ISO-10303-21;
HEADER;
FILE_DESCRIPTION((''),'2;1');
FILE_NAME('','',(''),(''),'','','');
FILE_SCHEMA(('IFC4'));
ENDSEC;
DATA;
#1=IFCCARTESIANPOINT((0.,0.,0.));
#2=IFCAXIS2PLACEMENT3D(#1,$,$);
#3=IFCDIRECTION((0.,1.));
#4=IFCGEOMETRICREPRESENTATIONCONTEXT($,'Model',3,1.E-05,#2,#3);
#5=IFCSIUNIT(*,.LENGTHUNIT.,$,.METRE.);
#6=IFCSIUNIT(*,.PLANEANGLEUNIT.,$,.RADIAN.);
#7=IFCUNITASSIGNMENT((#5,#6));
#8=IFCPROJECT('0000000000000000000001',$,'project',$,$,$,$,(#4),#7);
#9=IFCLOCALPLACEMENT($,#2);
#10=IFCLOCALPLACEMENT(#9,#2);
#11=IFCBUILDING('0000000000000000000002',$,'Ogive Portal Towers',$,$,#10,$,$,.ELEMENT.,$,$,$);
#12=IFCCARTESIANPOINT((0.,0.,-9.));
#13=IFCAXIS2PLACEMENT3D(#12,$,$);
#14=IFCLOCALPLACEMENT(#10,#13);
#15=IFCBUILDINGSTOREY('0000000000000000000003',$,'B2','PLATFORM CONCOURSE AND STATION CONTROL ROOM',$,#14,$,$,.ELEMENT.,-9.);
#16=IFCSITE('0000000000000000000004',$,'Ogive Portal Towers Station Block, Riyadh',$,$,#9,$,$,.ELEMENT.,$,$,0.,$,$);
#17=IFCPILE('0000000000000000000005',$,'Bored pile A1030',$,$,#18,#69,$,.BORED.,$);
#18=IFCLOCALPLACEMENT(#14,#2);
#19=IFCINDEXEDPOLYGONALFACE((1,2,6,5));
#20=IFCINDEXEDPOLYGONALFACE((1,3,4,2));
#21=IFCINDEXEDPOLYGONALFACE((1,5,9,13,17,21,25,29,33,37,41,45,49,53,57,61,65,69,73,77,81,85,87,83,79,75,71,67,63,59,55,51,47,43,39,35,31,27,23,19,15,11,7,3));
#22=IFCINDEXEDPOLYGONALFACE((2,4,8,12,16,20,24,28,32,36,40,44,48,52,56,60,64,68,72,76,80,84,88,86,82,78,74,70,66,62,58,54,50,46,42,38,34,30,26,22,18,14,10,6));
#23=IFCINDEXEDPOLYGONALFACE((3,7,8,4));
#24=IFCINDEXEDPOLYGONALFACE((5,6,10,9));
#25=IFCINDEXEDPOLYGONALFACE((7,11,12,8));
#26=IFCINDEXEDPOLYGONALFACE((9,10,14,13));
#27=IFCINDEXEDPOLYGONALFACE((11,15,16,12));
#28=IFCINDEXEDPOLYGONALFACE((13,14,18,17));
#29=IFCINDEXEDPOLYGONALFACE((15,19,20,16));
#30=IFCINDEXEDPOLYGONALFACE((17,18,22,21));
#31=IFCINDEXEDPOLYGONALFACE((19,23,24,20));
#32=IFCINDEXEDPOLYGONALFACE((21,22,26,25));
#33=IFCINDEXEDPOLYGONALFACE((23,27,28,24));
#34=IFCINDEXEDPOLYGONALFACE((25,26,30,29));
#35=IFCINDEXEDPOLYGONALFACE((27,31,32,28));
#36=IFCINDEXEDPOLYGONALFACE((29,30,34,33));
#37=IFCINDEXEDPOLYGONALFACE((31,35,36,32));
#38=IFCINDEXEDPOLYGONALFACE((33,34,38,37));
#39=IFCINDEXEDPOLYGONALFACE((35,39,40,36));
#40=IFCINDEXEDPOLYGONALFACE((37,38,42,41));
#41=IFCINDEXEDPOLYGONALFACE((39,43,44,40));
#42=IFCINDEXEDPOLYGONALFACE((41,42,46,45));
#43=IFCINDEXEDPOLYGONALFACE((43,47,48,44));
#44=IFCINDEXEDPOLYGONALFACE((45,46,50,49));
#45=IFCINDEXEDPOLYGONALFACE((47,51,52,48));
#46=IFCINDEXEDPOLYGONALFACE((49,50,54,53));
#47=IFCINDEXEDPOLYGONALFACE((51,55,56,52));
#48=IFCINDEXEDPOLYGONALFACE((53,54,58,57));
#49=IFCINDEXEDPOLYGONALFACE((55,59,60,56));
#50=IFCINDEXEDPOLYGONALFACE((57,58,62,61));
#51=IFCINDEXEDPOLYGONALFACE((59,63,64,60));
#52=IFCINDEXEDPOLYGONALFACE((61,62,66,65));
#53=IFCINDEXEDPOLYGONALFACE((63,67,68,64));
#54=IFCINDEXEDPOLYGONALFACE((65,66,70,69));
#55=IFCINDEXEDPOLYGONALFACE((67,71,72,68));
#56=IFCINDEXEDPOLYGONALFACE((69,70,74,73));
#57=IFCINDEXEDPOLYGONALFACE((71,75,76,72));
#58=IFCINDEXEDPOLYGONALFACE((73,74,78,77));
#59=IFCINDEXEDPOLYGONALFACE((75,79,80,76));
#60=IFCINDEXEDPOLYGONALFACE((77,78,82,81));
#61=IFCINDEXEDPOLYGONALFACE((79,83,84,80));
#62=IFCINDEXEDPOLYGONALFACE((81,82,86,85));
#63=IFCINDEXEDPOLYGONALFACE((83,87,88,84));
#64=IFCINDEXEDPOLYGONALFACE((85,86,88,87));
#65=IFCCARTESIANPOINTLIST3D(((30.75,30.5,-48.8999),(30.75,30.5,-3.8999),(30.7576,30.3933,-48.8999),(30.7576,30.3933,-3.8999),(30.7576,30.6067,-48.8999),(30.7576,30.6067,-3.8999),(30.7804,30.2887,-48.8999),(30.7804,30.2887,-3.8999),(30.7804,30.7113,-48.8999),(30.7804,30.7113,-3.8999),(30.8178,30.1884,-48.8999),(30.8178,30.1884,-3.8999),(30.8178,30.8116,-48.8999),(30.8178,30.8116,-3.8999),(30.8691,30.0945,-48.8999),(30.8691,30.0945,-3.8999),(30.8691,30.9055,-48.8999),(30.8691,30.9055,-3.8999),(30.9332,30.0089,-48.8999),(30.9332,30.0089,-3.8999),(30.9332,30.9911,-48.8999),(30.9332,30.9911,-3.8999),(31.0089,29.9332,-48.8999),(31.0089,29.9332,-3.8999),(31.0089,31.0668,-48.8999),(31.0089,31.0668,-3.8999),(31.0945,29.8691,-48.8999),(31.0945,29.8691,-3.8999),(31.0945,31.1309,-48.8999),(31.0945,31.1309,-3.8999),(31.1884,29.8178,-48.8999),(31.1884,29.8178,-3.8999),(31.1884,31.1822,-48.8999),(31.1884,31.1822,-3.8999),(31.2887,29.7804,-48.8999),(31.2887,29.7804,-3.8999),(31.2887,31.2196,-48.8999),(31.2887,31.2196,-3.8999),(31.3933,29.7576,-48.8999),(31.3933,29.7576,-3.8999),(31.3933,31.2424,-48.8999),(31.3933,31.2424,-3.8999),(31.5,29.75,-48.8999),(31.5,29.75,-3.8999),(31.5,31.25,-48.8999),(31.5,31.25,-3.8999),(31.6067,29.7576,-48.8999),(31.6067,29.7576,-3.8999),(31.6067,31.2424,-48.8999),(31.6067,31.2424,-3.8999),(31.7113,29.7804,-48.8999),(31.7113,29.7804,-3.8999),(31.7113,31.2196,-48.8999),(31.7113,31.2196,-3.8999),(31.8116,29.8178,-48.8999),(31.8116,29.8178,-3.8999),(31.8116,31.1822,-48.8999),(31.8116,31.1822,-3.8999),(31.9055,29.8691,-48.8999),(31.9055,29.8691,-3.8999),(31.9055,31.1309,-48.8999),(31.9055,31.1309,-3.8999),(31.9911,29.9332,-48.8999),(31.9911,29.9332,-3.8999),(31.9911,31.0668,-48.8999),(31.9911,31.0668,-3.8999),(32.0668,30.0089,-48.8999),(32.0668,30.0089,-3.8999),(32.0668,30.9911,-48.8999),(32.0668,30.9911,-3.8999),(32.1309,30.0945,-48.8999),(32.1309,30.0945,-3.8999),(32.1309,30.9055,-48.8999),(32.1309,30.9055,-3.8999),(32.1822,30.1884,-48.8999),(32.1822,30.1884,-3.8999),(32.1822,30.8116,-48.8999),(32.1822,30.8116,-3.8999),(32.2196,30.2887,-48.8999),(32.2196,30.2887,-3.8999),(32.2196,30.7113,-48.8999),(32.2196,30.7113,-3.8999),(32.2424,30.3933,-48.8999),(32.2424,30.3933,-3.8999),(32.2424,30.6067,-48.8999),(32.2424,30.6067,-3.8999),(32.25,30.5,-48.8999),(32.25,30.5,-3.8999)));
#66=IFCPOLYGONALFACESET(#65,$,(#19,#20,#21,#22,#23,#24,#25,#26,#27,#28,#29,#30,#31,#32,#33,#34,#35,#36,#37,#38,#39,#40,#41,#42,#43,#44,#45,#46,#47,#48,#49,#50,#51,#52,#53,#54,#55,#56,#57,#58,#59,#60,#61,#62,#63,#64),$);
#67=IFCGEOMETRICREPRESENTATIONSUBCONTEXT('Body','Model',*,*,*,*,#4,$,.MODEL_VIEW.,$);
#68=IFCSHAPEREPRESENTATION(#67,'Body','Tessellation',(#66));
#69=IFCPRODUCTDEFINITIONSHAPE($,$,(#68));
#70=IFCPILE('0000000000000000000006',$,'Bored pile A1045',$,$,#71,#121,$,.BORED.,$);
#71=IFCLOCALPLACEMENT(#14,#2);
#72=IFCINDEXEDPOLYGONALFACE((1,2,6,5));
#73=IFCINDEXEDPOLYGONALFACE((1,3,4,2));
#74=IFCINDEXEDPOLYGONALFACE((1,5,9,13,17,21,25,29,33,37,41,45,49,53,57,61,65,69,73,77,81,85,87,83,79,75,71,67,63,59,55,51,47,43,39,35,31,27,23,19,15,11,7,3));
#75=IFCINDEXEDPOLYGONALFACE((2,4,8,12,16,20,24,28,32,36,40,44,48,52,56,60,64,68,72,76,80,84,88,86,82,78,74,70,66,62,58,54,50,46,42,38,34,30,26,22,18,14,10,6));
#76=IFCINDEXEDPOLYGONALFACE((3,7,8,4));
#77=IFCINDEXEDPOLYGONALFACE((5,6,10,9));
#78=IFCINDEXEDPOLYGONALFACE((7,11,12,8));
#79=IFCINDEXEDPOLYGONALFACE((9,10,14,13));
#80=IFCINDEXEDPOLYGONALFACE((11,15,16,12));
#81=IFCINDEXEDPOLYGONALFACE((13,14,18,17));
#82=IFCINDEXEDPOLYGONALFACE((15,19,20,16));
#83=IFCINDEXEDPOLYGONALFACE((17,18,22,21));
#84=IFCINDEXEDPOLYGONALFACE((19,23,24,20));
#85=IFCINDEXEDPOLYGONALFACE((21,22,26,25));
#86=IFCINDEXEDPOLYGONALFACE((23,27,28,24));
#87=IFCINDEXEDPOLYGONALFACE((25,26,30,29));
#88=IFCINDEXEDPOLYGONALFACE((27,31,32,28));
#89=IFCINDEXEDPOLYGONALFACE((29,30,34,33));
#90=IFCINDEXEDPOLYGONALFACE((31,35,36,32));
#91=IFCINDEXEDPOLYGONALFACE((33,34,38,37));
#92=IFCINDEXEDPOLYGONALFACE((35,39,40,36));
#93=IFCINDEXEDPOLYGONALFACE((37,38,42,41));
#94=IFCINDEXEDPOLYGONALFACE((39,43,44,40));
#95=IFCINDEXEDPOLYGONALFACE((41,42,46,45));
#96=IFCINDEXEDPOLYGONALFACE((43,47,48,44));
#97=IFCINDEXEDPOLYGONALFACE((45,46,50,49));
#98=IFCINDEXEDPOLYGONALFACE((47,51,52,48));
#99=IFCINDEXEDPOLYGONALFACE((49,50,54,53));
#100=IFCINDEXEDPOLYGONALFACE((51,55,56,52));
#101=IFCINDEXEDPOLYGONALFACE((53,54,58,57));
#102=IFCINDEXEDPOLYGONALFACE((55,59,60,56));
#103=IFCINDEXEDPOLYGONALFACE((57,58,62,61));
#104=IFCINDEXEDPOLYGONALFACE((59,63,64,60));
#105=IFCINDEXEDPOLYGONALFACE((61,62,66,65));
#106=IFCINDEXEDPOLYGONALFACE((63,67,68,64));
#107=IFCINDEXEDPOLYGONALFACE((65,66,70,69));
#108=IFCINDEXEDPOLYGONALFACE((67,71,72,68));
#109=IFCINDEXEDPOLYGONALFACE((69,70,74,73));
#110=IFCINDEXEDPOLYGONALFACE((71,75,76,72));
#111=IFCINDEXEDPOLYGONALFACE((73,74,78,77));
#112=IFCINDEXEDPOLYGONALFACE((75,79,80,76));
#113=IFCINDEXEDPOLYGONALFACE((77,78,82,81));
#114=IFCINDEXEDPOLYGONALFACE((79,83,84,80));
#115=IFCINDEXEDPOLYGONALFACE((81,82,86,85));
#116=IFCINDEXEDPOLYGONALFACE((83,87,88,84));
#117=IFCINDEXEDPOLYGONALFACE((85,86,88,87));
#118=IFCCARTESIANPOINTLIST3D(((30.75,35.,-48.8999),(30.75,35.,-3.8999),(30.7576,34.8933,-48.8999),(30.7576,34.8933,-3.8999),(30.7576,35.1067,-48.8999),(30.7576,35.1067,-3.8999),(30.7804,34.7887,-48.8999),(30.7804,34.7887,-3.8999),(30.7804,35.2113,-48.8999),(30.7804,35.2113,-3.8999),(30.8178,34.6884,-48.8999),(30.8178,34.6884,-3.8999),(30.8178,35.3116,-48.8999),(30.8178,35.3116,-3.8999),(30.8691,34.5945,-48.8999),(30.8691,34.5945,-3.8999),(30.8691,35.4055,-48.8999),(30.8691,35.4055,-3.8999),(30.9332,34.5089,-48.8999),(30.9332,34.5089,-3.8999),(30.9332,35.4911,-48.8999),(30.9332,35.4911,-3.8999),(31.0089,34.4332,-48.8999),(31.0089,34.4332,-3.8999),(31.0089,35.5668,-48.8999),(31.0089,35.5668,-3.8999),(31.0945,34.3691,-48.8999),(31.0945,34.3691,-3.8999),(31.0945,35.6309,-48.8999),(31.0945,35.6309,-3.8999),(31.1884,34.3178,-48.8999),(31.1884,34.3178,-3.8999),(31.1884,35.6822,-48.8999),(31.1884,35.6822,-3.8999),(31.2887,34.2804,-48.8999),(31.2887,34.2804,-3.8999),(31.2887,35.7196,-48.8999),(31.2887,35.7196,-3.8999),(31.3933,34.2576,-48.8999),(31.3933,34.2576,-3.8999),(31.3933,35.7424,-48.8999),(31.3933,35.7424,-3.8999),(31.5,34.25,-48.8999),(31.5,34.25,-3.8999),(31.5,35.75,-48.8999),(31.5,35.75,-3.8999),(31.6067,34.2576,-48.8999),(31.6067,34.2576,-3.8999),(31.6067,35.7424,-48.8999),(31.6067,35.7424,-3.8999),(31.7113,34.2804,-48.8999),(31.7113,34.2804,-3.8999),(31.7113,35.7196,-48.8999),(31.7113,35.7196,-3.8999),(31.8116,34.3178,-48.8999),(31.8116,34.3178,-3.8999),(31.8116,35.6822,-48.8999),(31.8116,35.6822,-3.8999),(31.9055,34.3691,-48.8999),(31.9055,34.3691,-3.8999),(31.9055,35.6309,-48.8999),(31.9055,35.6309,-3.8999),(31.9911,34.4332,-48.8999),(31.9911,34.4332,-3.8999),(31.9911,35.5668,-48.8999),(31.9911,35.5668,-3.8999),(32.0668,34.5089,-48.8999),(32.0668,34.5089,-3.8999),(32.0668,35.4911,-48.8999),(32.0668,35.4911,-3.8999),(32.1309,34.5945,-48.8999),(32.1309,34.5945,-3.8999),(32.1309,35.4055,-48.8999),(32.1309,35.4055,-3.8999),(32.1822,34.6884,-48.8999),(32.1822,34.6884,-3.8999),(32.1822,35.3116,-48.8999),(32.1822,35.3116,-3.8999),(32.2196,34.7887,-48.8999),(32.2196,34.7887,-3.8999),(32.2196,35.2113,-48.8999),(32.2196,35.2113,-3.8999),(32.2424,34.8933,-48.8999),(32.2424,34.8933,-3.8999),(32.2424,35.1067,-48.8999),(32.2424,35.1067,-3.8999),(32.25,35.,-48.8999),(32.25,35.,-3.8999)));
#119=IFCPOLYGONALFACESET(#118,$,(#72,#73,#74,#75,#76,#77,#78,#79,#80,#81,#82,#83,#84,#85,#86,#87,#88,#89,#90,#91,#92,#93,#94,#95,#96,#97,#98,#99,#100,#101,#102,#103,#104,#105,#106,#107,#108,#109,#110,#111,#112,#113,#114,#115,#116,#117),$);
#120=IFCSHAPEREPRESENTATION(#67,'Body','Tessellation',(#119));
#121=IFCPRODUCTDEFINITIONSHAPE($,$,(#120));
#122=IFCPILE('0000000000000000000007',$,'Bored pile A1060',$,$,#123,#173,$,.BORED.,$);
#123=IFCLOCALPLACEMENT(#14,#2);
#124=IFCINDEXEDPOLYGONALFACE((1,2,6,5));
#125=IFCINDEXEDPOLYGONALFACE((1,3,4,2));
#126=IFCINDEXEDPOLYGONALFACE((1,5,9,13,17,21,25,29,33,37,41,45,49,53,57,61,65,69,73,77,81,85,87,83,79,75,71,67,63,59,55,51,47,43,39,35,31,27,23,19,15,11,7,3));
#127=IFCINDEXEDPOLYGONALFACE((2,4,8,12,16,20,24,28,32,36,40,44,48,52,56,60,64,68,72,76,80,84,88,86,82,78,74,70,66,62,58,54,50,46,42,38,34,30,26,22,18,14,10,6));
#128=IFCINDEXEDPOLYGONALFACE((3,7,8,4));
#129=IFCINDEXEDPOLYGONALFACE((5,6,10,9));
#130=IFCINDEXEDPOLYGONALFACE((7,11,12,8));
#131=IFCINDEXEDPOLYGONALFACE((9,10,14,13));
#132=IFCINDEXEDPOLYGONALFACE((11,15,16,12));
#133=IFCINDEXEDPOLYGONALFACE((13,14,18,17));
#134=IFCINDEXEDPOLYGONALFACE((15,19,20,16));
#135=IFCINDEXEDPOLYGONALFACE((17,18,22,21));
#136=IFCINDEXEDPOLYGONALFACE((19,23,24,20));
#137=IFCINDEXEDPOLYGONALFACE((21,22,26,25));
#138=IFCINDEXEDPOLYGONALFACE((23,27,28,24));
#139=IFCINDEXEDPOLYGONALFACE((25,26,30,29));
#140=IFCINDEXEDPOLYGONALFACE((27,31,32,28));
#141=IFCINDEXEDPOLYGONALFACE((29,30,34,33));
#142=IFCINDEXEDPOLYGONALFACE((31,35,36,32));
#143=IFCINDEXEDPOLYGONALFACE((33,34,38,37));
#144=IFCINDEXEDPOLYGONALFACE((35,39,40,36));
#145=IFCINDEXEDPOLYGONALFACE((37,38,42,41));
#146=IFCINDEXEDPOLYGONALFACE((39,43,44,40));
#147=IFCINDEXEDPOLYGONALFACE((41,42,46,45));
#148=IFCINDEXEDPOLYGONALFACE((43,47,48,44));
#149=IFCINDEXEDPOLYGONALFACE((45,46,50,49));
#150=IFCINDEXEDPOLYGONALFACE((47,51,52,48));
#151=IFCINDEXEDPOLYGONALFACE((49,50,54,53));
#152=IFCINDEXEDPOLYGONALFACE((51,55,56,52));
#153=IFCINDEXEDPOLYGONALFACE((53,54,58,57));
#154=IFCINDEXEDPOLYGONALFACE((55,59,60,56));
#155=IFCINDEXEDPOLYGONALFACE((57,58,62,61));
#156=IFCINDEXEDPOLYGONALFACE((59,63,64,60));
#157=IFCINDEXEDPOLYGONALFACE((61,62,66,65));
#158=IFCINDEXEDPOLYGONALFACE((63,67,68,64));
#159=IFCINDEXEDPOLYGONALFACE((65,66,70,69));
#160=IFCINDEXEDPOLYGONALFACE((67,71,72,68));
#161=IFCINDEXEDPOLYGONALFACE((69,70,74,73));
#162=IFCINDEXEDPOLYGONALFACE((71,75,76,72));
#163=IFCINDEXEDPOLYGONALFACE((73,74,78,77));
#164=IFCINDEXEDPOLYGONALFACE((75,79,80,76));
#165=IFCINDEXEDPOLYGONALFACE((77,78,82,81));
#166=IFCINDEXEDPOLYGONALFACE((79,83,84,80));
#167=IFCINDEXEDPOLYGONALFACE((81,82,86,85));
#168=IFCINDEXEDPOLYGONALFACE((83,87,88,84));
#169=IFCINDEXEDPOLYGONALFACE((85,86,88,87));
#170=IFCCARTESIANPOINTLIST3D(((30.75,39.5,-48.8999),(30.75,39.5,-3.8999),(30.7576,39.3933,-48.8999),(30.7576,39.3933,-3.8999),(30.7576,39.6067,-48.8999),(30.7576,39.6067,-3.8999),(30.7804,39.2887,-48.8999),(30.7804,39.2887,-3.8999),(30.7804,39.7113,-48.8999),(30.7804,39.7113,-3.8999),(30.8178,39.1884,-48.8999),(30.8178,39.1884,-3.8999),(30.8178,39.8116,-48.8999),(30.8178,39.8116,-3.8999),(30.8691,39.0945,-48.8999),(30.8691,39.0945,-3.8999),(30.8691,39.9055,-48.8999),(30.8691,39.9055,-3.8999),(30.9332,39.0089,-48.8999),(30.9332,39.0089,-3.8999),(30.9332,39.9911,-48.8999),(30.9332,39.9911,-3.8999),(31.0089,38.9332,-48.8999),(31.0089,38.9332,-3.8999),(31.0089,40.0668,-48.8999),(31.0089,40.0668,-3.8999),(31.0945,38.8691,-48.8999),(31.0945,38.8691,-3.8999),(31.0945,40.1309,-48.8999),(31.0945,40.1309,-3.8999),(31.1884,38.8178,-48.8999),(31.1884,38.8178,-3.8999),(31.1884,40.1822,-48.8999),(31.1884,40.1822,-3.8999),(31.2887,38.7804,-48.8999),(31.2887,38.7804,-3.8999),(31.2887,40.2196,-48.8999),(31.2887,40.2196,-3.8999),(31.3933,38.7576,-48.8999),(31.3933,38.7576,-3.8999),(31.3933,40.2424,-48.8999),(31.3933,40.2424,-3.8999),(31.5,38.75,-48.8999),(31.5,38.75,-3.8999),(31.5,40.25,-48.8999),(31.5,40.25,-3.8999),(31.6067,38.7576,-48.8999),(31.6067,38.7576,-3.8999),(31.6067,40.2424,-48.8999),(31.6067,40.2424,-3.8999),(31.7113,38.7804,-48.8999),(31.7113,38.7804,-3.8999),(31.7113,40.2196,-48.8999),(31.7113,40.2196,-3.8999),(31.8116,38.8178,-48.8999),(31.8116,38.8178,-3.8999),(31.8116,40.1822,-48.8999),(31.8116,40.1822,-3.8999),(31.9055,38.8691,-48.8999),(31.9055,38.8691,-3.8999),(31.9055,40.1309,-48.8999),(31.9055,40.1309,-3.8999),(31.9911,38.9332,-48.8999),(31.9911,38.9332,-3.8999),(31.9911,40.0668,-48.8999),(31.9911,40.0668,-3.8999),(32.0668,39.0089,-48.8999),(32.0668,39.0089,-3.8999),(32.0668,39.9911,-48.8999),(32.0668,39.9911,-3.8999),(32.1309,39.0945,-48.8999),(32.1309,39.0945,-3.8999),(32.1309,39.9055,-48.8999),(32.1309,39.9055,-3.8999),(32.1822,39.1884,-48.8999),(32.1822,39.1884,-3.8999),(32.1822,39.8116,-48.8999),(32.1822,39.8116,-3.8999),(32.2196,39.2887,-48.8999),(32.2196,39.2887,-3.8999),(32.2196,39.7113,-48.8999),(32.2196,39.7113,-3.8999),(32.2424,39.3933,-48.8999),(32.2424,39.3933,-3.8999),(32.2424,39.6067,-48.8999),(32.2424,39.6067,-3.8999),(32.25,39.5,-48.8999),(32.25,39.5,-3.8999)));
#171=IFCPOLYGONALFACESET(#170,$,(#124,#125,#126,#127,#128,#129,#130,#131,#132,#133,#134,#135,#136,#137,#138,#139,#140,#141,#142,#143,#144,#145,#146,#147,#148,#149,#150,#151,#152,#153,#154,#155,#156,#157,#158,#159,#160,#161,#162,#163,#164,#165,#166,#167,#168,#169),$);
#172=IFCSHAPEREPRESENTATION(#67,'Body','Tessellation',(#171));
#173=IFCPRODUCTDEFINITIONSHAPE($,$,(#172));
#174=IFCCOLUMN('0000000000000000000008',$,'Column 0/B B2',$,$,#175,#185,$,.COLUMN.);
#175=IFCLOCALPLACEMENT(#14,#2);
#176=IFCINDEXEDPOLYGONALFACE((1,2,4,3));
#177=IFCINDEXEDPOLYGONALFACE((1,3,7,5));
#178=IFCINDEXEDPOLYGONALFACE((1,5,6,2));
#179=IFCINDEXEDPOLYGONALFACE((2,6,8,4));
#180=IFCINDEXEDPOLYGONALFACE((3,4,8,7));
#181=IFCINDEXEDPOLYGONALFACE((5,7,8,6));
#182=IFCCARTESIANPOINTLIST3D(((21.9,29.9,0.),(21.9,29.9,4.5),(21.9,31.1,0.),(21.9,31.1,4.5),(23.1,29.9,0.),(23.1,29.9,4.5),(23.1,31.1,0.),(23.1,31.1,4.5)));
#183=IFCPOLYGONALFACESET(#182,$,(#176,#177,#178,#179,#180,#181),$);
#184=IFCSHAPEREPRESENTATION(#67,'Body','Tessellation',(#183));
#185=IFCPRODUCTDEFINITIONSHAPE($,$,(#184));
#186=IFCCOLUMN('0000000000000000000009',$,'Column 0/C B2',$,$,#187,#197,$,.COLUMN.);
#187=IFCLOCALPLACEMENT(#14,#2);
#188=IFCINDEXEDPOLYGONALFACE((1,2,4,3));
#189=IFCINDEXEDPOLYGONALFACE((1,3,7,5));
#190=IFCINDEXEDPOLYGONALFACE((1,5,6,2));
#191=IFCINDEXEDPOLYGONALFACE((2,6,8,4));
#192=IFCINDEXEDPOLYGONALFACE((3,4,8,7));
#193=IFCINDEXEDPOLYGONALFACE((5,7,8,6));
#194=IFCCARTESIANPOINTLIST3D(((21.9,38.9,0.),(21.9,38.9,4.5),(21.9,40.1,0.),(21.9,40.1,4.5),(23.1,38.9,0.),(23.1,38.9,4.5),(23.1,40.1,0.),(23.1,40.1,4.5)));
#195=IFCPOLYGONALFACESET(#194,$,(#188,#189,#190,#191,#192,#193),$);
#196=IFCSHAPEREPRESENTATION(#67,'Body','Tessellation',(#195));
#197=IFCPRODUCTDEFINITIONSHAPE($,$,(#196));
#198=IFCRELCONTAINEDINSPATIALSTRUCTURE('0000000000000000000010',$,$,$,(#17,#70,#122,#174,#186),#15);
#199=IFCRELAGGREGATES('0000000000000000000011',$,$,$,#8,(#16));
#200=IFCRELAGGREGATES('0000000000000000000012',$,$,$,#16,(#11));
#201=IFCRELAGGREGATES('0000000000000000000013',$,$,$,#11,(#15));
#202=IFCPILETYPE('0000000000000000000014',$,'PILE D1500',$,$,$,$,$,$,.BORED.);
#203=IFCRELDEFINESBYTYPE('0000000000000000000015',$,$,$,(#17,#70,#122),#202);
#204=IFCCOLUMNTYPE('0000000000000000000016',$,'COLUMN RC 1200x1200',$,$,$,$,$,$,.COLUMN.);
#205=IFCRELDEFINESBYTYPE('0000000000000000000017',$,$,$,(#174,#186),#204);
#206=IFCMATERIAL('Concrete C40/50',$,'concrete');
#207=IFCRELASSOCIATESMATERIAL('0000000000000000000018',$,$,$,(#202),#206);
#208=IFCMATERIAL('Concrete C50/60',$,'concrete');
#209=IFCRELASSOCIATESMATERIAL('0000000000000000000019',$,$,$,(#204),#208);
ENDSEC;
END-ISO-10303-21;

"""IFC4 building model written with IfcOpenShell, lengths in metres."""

from ifc_helpers import new_model, si_unit, direction, frame, origin, origin_2d, place, context, subcontext, project, spatial, rectangle, circle, extrude, material, material_profile, profile_set, type_object, element, save


model = new_model("IFC4")

# Units and contexts
model_context = context("Model", 3, precision=1e-05, world=origin(), true_north=direction((0.0, 1.0)))
body_context = subcontext(model_context, "Body", "Model", "MODEL_VIEW")
ifc_project = project(units=[si_unit("LENGTHUNIT", "METRE"), si_unit("PLANEANGLEUNIT", "RADIAN")], contexts=[model_context])

# Site, building, storey
site_placement = place(None, origin())
site = spatial("IfcSite", under=ifc_project, at=site_placement, Name="Ogive Portal Towers Station Block, Riyadh", CompositionType="ELEMENT", RefElevation=0.0)
building_placement = place(site_placement, origin())
building = spatial("IfcBuilding", under=site, at=building_placement, Name="Ogive Portal Towers", CompositionType="ELEMENT")
storey_placement = place(building_placement, frame((0.0, 0.0, -9.0)))
storey = spatial("IfcBuildingStorey", under=building, at=storey_placement, Name="B2", Description="PLATFORM CONCOURSE AND STATION CONTROL ROOM", CompositionType="ELEMENT", Elevation=-9.0)

# Piles
ifc_material_1 = material(Name="Concrete C40/50", Category="concrete")
ifc_material_profile_1 = material_profile(ifc_material_1, circle(Radius=0.75, at=origin_2d()), Name="PILE D1500")
ifc_profile_set_1 = profile_set([ifc_material_profile_1], Name="Concrete C40/50")
pile_type = type_object("IfcPileType", Name="PILE D1500", PredefinedType="BORED", material=ifc_profile_set_1)
for number, where, z_axis, x_axis, name in (
    (1, (31.5, 30.5, -3.8999), (0.0, 0.0, -1.0), (1.0, 0.0, 0.0), "Bored pile A1030"),
    (2, (31.5, 35.0, -3.8999), (0.0, 0.0, -1.0), (1.0, 0.0, 0.0), "Bored pile A1045"),
    (3, (31.5, 39.5, -3.8999), (0.0, 0.0, -1.0), (1.0, 0.0, 0.0), "Bored pile A1060"),
):
    element("IfcPile", number, at=place(storey_placement, frame(where, z_axis=z_axis, x_axis=x_axis)), inside=storey, type_object=pile_type, Name=name, PredefinedType="BORED", context=body_context, shape_type="SweptSolid", body=[
        extrude(circle(Radius=0.75, at=origin_2d()), origin(), (0.0, 0.0, 1.0), 45.0),
    ])

# Columns
ifc_material_2 = material(Name="Concrete C50/60", Category="concrete")
ifc_material_profile_2 = material_profile(ifc_material_2, rectangle(XDim=1.2, YDim=1.2, at=origin_2d()), Name="RC 1200x1200")
ifc_profile_set_2 = profile_set([ifc_material_profile_2], Name="Concrete C50/60")
column_type = type_object("IfcColumnType", Name="COLUMN RC 1200x1200", PredefinedType="COLUMN", material=ifc_profile_set_2)
for number, where, z_axis, x_axis, name in (
    (4, (22.5, 30.5, 0.0), (0.0, 0.0, 1.0), (1.0, 0.0, 0.0), "Column 0/B B2"),
    (5, (22.5, 39.5, 0.0), (0.0, 0.0, 1.0), (1.0, 0.0, 0.0), "Column 0/C B2"),
):
    element("IfcColumn", number, at=place(storey_placement, frame(where, z_axis=z_axis, x_axis=x_axis)), inside=storey, type_object=column_type, Name=name, PredefinedType="COLUMN", context=body_context, shape_type="SweptSolid", body=[
        extrude(rectangle(XDim=1.2, YDim=1.2, at=origin_2d()), origin(), (0.0, 0.0, 1.0), 4.5),
    ])

save(model, "model.ifc")
